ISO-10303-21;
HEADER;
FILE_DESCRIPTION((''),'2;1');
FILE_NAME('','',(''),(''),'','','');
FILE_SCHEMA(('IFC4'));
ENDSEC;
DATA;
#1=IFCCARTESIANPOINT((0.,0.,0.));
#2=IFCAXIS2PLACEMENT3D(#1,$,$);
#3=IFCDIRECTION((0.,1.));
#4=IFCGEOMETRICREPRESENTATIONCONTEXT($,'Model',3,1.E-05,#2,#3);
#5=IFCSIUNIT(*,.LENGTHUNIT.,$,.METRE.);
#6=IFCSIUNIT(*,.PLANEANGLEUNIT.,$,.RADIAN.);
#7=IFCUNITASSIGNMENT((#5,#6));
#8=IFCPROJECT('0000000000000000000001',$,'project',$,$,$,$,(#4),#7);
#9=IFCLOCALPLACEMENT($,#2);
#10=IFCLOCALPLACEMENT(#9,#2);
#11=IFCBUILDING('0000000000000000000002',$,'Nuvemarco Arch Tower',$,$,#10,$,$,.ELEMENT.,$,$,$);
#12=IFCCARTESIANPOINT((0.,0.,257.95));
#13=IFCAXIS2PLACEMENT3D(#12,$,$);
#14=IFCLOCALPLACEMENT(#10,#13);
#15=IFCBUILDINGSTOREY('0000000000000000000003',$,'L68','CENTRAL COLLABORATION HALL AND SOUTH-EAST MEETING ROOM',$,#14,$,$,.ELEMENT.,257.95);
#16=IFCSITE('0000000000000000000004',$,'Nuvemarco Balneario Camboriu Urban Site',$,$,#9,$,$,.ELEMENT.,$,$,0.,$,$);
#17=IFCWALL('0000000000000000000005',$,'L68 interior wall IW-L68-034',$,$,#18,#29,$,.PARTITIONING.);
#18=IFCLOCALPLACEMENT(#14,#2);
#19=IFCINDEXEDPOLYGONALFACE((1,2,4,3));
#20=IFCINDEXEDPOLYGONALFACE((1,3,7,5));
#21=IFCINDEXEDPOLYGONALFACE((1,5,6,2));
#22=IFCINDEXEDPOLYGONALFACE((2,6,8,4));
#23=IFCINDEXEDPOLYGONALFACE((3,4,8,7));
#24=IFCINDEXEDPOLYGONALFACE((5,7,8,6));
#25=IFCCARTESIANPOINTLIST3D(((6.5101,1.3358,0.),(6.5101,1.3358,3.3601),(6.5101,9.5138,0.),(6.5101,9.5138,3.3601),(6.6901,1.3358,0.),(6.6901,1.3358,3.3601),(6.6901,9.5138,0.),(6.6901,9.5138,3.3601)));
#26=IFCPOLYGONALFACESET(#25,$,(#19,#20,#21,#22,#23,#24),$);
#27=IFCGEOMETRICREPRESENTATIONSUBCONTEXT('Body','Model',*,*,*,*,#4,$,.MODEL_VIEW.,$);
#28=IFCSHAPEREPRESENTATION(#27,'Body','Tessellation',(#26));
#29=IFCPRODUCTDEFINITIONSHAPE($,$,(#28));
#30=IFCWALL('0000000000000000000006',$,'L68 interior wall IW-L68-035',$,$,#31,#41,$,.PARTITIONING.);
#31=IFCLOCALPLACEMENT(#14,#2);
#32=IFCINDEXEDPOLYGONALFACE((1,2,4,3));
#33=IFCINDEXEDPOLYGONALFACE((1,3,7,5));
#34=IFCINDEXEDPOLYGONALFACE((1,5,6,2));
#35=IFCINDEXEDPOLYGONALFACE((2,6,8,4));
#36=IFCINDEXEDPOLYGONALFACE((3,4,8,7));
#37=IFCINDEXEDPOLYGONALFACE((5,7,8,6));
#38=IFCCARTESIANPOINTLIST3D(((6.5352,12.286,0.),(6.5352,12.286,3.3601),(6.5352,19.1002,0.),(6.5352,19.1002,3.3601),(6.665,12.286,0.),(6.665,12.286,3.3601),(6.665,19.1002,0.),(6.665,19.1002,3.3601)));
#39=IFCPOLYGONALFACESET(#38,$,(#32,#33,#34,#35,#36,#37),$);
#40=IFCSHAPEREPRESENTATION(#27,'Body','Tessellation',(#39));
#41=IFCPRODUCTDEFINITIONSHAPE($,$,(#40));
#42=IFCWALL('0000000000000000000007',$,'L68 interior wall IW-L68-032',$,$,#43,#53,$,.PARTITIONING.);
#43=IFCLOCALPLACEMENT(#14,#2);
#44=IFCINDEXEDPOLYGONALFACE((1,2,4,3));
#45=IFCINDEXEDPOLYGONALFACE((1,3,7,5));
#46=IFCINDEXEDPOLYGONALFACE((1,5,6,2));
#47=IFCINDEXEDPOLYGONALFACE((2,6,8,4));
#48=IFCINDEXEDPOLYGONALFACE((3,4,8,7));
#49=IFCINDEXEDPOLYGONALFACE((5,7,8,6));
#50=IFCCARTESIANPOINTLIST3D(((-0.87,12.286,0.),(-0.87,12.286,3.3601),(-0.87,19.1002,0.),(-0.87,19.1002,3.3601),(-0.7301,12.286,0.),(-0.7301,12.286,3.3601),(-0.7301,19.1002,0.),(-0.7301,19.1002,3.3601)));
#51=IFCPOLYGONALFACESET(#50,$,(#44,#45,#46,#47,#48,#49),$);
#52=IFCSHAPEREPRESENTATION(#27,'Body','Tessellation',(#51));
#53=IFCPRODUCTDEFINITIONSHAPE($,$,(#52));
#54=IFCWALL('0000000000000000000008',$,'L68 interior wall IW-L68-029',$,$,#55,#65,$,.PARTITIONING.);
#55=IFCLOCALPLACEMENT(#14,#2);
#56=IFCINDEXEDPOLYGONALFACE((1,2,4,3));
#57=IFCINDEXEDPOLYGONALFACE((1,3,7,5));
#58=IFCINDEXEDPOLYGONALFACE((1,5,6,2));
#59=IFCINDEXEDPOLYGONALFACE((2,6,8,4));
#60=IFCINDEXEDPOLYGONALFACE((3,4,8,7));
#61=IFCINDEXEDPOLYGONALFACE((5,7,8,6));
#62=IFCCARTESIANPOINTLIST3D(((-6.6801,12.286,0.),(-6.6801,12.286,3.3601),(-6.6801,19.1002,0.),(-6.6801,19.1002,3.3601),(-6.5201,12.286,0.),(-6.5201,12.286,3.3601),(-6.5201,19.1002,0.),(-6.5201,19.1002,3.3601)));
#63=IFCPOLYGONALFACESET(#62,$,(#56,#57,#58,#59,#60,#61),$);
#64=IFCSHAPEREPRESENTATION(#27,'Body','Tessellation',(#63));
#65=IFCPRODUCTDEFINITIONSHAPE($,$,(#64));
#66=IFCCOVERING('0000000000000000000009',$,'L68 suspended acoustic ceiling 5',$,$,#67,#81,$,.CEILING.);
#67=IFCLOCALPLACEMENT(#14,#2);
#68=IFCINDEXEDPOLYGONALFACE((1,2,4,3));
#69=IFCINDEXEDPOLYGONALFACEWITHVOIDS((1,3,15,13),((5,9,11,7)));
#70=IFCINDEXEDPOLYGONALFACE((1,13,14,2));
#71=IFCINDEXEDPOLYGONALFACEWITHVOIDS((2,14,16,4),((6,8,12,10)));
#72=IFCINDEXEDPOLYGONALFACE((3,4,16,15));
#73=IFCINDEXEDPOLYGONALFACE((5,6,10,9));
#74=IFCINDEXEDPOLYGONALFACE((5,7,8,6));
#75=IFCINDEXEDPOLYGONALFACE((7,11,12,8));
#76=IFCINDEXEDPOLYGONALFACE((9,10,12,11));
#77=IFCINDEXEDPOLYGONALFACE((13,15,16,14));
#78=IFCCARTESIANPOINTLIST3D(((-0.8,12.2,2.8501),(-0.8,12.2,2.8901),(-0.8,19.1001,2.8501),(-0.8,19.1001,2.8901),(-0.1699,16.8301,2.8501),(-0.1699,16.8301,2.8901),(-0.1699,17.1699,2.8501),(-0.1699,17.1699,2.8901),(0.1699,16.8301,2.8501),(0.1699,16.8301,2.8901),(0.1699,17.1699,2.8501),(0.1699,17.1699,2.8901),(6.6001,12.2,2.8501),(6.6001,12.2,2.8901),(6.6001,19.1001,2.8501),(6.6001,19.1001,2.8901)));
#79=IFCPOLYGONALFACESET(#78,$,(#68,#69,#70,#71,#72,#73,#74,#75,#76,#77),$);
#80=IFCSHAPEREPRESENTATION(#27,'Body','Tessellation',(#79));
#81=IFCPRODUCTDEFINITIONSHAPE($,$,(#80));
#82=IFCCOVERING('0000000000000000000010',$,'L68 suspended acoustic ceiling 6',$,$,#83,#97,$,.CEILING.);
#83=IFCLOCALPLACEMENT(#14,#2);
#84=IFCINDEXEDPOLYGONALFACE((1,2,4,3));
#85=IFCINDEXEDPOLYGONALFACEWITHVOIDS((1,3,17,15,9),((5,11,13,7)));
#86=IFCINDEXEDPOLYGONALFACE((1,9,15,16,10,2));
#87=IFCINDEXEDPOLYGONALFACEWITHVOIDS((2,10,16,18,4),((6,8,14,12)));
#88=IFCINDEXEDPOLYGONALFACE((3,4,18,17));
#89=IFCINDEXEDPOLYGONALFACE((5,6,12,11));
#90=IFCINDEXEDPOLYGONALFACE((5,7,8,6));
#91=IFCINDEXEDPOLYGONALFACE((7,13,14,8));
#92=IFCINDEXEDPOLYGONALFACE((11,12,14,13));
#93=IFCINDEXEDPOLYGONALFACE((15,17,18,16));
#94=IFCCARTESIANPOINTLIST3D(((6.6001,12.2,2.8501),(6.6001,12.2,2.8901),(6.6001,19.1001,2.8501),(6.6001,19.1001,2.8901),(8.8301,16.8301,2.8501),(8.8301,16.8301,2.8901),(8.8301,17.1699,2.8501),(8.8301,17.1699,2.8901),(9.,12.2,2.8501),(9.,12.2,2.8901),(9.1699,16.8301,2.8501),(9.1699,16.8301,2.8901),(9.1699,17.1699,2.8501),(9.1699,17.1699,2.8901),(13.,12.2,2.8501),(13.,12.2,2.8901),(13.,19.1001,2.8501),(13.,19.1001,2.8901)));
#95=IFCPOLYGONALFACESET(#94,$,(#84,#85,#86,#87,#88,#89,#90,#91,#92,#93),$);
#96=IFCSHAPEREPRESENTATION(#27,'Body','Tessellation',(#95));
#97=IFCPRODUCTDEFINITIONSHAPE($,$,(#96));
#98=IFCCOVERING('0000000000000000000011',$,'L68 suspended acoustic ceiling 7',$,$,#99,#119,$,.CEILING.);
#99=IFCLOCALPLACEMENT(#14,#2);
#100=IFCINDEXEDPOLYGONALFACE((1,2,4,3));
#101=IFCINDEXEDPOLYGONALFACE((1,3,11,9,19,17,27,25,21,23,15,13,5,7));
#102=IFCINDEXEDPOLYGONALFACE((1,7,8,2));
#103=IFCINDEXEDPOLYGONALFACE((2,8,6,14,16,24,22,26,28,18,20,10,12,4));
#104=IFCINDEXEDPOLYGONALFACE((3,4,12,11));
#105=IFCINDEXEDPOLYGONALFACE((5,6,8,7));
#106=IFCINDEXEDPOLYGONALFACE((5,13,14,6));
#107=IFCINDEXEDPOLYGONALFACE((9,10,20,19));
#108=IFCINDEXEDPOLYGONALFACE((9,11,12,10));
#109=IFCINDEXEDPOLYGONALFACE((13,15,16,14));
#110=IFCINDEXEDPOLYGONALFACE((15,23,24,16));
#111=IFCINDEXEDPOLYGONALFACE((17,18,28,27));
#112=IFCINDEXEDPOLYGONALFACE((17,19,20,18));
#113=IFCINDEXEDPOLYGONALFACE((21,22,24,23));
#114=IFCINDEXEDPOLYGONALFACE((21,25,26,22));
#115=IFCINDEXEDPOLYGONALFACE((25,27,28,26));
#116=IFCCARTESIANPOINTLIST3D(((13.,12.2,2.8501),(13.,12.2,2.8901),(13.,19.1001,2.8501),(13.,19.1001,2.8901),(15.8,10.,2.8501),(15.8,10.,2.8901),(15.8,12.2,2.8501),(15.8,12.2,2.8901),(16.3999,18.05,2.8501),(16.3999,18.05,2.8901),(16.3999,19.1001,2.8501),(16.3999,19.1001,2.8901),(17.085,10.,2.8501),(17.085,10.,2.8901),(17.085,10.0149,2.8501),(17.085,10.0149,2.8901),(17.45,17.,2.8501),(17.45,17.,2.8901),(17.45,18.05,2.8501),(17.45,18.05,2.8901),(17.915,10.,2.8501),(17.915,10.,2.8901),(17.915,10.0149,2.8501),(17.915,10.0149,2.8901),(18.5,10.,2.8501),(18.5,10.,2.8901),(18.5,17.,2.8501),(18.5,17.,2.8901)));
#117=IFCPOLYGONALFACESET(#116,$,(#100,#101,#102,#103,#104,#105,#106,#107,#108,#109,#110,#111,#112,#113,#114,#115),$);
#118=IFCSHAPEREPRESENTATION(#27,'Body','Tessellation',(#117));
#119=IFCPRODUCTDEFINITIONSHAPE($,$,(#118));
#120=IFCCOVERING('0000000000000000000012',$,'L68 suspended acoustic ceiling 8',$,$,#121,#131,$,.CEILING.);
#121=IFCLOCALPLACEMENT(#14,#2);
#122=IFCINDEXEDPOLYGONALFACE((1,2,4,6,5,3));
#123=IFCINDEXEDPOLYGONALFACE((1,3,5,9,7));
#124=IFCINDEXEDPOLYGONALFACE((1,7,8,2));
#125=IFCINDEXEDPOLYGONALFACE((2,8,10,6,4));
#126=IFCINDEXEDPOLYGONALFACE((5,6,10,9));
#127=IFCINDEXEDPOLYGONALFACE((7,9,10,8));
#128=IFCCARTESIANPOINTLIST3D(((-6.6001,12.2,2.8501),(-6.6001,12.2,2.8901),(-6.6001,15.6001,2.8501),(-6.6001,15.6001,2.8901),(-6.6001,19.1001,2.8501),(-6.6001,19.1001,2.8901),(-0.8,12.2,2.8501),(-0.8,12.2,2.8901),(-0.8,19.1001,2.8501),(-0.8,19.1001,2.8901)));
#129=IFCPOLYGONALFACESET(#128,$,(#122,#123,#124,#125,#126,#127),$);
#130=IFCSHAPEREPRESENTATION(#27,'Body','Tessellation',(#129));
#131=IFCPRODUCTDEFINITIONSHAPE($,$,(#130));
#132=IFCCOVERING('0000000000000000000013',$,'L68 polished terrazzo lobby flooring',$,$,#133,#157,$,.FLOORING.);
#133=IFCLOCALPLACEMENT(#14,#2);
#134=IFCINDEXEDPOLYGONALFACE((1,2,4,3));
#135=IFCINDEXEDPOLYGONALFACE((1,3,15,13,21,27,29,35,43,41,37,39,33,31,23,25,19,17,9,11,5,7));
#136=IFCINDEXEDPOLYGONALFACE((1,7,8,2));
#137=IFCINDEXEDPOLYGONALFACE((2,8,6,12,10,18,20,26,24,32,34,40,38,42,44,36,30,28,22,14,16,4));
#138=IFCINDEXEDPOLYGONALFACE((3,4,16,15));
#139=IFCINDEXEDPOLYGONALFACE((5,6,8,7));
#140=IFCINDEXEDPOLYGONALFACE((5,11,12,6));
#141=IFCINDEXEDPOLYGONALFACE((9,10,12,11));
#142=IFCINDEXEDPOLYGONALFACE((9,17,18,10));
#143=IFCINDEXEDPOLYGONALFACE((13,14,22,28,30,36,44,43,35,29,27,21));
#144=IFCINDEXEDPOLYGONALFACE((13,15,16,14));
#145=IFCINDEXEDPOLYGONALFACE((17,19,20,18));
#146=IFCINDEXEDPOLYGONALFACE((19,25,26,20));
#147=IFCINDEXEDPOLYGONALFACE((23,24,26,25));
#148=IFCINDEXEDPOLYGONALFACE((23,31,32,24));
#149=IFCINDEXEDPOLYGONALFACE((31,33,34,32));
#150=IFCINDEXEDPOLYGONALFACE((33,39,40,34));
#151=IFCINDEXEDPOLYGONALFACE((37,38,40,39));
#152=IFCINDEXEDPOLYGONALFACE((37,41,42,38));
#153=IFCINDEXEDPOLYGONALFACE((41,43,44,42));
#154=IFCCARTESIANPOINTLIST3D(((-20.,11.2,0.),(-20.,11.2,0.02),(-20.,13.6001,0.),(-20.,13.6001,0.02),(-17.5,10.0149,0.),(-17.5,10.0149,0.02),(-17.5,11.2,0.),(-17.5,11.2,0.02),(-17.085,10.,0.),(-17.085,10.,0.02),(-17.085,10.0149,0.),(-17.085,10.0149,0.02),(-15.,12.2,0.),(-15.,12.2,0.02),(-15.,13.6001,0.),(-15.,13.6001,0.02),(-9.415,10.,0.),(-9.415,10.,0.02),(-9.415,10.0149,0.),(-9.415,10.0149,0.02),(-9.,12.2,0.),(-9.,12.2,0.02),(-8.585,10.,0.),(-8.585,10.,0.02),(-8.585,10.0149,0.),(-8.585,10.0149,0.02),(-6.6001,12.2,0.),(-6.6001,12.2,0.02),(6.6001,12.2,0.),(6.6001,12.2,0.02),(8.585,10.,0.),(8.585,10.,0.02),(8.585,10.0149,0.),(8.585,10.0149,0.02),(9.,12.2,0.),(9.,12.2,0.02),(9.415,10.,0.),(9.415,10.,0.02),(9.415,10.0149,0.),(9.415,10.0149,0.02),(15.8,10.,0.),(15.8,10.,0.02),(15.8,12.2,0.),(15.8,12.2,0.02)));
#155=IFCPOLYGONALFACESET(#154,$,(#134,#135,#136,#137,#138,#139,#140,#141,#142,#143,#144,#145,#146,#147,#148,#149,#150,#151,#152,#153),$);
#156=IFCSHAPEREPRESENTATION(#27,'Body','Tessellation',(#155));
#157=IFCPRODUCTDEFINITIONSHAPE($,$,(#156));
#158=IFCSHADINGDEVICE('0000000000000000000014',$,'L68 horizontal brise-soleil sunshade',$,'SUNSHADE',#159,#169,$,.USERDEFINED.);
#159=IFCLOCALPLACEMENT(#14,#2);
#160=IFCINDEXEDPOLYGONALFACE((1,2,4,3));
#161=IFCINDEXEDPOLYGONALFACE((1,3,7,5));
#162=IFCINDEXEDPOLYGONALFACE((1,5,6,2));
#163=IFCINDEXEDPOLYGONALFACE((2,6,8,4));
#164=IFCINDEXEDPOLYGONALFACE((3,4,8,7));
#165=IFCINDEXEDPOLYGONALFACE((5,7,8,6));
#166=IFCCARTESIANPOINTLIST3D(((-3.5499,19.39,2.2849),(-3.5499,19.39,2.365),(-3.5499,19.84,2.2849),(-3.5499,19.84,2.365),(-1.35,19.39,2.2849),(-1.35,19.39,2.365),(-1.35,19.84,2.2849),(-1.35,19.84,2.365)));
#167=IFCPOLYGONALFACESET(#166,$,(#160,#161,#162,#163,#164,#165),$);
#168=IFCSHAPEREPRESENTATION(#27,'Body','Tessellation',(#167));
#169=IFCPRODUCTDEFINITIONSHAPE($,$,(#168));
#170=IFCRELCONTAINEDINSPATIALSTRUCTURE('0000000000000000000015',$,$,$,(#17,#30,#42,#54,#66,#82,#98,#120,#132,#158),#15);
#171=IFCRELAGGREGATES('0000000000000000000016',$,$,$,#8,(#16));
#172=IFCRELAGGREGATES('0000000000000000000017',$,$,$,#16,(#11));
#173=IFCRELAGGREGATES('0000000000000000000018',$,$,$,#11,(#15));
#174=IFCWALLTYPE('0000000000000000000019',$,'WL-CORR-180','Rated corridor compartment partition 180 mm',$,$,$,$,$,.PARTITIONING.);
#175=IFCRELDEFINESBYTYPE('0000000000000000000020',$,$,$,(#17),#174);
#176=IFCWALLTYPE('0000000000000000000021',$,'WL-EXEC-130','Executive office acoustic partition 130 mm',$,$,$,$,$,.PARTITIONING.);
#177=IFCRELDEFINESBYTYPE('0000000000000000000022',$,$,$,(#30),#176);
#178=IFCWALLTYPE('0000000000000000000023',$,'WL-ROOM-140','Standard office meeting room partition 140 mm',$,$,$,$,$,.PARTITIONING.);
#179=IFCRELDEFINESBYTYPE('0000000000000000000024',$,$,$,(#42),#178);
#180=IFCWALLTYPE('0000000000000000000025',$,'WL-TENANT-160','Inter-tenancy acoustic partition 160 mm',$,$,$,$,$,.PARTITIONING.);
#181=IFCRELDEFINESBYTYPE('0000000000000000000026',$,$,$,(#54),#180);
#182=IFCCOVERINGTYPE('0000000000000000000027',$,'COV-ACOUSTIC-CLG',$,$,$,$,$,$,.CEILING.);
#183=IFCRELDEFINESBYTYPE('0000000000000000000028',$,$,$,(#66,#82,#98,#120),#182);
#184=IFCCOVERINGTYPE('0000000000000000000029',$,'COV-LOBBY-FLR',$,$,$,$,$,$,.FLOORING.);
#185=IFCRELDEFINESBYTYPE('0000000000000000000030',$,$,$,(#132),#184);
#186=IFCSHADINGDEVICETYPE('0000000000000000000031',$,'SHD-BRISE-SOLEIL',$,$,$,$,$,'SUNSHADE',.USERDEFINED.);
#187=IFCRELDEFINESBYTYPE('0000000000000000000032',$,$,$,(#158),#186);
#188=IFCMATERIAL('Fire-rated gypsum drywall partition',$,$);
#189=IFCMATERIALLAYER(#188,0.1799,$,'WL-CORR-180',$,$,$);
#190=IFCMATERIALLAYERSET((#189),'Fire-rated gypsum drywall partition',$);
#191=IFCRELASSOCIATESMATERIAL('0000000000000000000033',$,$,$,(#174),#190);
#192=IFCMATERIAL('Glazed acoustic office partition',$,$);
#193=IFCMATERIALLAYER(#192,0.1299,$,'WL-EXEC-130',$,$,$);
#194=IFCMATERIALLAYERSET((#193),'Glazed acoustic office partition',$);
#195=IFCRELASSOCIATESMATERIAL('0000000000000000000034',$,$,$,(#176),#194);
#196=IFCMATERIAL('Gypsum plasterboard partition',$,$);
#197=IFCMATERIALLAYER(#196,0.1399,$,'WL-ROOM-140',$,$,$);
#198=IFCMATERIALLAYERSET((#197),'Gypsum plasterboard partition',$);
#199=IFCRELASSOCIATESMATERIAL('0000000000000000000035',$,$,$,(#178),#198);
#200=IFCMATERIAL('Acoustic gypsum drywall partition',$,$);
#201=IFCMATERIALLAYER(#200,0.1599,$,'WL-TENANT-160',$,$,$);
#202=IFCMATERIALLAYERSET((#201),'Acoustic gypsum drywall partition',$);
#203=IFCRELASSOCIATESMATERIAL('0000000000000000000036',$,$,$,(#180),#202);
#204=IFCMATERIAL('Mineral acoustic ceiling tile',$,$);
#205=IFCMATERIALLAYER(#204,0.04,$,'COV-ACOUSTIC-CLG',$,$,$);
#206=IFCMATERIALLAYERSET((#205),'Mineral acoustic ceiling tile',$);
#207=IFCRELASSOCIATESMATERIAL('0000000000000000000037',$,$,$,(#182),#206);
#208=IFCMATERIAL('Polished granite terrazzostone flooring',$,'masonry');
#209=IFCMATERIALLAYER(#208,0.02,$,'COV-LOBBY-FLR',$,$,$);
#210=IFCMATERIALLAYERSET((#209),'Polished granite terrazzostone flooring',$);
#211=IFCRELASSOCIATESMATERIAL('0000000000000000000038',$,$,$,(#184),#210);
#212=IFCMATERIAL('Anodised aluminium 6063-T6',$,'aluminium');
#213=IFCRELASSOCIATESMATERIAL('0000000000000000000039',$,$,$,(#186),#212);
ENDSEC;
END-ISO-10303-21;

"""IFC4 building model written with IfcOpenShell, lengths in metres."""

from ifc_helpers import new_model, si_unit, direction, frame, frame_2d, origin, origin_2d, place, context, subcontext, project, spatial, polyline, rectangle, outline, extrude, source, transform, mapped, material, layer, layer_set, type_object, type_shapes, element, save


model = new_model("IFC4")

# Units and contexts
model_context = context("Model", 3, precision=1e-05, world=origin(), true_north=direction((0.0, 1.0)))
body_context = subcontext(model_context, "Body", "Model", "MODEL_VIEW")
ifc_project = project(units=[si_unit("LENGTHUNIT", "METRE"), si_unit("PLANEANGLEUNIT", "RADIAN")], contexts=[model_context])

# Site, building, storey
site_placement = place(None, origin())
site = spatial("IfcSite", under=ifc_project, at=site_placement, Name="Nuvemarco Balneario Camboriu Urban Site", CompositionType="ELEMENT", RefElevation=0.0)
building_placement = place(site_placement, origin())
building = spatial("IfcBuilding", under=site, at=building_placement, Name="Nuvemarco Arch Tower", CompositionType="ELEMENT")
storey_placement = place(building_placement, frame((0.0, 0.0, 257.95)))
storey = spatial("IfcBuildingStorey", under=building, at=storey_placement, Name="L68", Description="CENTRAL COLLABORATION HALL AND SOUTH-EAST MEETING ROOM", CompositionType="ELEMENT", Elevation=257.95)

# Shared definitions
ifc_material_1 = material(Name="Fire-rated gypsum drywall partition")
ifc_layer_1 = layer(ifc_material_1, 0.1799, Name="WL-CORR-180")
ifc_layer_set_1 = layer_set([ifc_layer_1], Name="Fire-rated gypsum drywall partition")
wall_type_1 = type_object("IfcWallType", Name="WL-CORR-180", Description="Rated corridor compartment partition 180 mm", PredefinedType="PARTITIONING", material=ifc_layer_set_1)

# Walls
wall_1_placement = place(storey_placement, frame((6.6001, 1.3359, 0.0), z_axis=(0.0, 0.0, 1.0), x_axis=(0.0, 1.0, 0.0)))
element("IfcWall", 1, at=wall_1_placement, inside=storey, type_object=wall_type_1, Name="L68 interior wall IW-L68-034", PredefinedType="PARTITIONING", context=body_context, shape_type="SweptSolid", body=[
    extrude(rectangle(XDim=8.178, YDim=0.1799, at=frame_2d((4.0889, 0.0))), origin(), (0.0, 0.0, 1.0), 3.3601),
])
ifc_material_2 = material(Name="Glazed acoustic office partition")
ifc_layer_2 = layer(ifc_material_2, 0.1299, Name="WL-EXEC-130")
ifc_layer_set_2 = layer_set([ifc_layer_2], Name="Glazed acoustic office partition")
wall_type_2 = type_object("IfcWallType", Name="WL-EXEC-130", Description="Executive office acoustic partition 130 mm", PredefinedType="PARTITIONING", material=ifc_layer_set_2)
wall_2_placement = place(storey_placement, frame((6.6001, 12.2859, 0.0), z_axis=(0.0, 0.0, 1.0), x_axis=(0.0, 1.0, 0.0)))
element("IfcWall", 2, at=wall_2_placement, inside=storey, type_object=wall_type_2, Name="L68 interior wall IW-L68-035", PredefinedType="PARTITIONING", context=body_context, shape_type="SweptSolid", body=[
    extrude(rectangle(XDim=6.8142, YDim=0.1299, at=frame_2d((3.4072, 0.0))), origin(), (0.0, 0.0, 1.0), 3.3601),
])
ifc_material_3 = material(Name="Gypsum plasterboard partition")
ifc_layer_3 = layer(ifc_material_3, 0.1399, Name="WL-ROOM-140")
ifc_layer_set_3 = layer_set([ifc_layer_3], Name="Gypsum plasterboard partition")
wall_type_3 = type_object("IfcWallType", Name="WL-ROOM-140", Description="Standard office meeting room partition 140 mm", PredefinedType="PARTITIONING", material=ifc_layer_set_3)
wall_3_placement = place(storey_placement, frame((-0.8, 12.2859, 0.0), z_axis=(0.0, 0.0, 1.0), x_axis=(0.0, 1.0, 0.0)))
element("IfcWall", 3, at=wall_3_placement, inside=storey, type_object=wall_type_3, Name="L68 interior wall IW-L68-032", PredefinedType="PARTITIONING", context=body_context, shape_type="SweptSolid", body=[
    extrude(rectangle(XDim=6.8142, YDim=0.1399, at=frame_2d((3.4072, 0.0))), origin(), (0.0, 0.0, 1.0), 3.3601),
])
ifc_material_4 = material(Name="Acoustic gypsum drywall partition")
ifc_layer_4 = layer(ifc_material_4, 0.1599, Name="WL-TENANT-160")
ifc_layer_set_4 = layer_set([ifc_layer_4], Name="Acoustic gypsum drywall partition")
wall_type_4 = type_object("IfcWallType", Name="WL-TENANT-160", Description="Inter-tenancy acoustic partition 160 mm", PredefinedType="PARTITIONING", material=ifc_layer_set_4)
wall_4_placement = place(storey_placement, frame((-6.6001, 12.2859, 0.0), z_axis=(0.0, 0.0, 1.0), x_axis=(0.0, 1.0, 0.0)))
element("IfcWall", 4, at=wall_4_placement, inside=storey, type_object=wall_type_4, Name="L68 interior wall IW-L68-029", PredefinedType="PARTITIONING", context=body_context, shape_type="SweptSolid", body=[
    extrude(rectangle(XDim=6.8142, YDim=0.1599, at=frame_2d((3.4072, 0.0))), origin(), (0.0, 0.0, 1.0), 3.3601),
])

# Coverings
ifc_material_5 = material(Name="Mineral acoustic ceiling tile")
ifc_layer_5 = layer(ifc_material_5, 0.04, Name="COV-ACOUSTIC-CLG")
ifc_layer_set_5 = layer_set([ifc_layer_5], Name="Mineral acoustic ceiling tile")
covering_type_1 = type_object("IfcCoveringType", Name="COV-ACOUSTIC-CLG", PredefinedType="CEILING", material=ifc_layer_set_5)
covering_1_placement = place(storey_placement, frame((0.0, 0.0, 2.8501)))
element("IfcCovering", 5, at=covering_1_placement, inside=storey, type_object=covering_type_1, Name="L68 suspended acoustic ceiling 5", PredefinedType="CEILING", context=body_context, shape_type="SweptSolid", body=[
    extrude(outline(polyline([(-0.8, 12.2), (-0.8, 19.1001), (6.6001, 19.1001), (6.6001, 12.2), (-0.8, 12.2)]), holes=[polyline([(0.1699, 16.8301), (0.1699, 17.1699), (-0.1699, 17.1699), (-0.1699, 16.8301), (0.1699, 16.8301)])]), origin(), (0.0, 0.0, 1.0), 0.04),
])
covering_2_placement = place(storey_placement, frame((0.0, 0.0, 2.8501)))
element("IfcCovering", 6, at=covering_2_placement, inside=storey, type_object=covering_type_1, Name="L68 suspended acoustic ceiling 6", PredefinedType="CEILING", context=body_context, shape_type="SweptSolid", body=[
    extrude(outline(polyline([(13.0, 12.2), (9.0, 12.2), (6.6001, 12.2), (6.6001, 19.1001), (13.0, 19.1001), (13.0, 12.2)]), holes=[polyline([(9.1699, 17.1699), (8.8301, 17.1699), (8.8301, 16.8301), (9.1699, 16.8301), (9.1699, 17.1699)])]), origin(), (0.0, 0.0, 1.0), 0.04),
])
covering_3_placement = place(storey_placement, frame((0.0, 0.0, 2.8501)))
element("IfcCovering", 7, at=covering_3_placement, inside=storey, type_object=covering_type_1, Name="L68 suspended acoustic ceiling 7", PredefinedType="CEILING", context=body_context, shape_type="SweptSolid", body=[
    extrude(outline(polyline([(18.5, 17.0), (18.5, 10.0), (17.915, 10.0), (17.915, 10.0149), (17.085, 10.0149), (17.085, 10.0), (15.8, 10.0), (15.8, 12.2), (13.0, 12.2), (13.0, 19.1001), (16.3999, 19.1001), (16.3999, 18.05), (17.45, 18.05), (17.45, 17.0), (18.5, 17.0)])), origin(), (0.0, 0.0, 1.0), 0.04),
])
covering_4_placement = place(storey_placement, frame((0.0, 0.0, 2.8501)))
element("IfcCovering", 8, at=covering_4_placement, inside=storey, type_object=covering_type_1, Name="L68 suspended acoustic ceiling 8", PredefinedType="CEILING", context=body_context, shape_type="SweptSolid", body=[
    extrude(outline(polyline([(-0.8, 12.2), (-6.6001, 12.2), (-6.6001, 15.6001), (-6.6001, 19.1001), (-0.8, 19.1001), (-0.8, 12.2)])), origin(), (0.0, 0.0, 1.0), 0.04),
])
ifc_material_6 = material(Name="Polished granite terrazzostone flooring", Category="masonry")
ifc_layer_6 = layer(ifc_material_6, 0.02, Name="COV-LOBBY-FLR")
ifc_layer_set_6 = layer_set([ifc_layer_6], Name="Polished granite terrazzostone flooring")
covering_type_2 = type_object("IfcCoveringType", Name="COV-LOBBY-FLR", PredefinedType="FLOORING", material=ifc_layer_set_6)
covering_5_placement = place(storey_placement, origin())
element("IfcCovering", 9, at=covering_5_placement, inside=storey, type_object=covering_type_2, Name="L68 polished terrazzo lobby flooring", PredefinedType="FLOORING", context=body_context, shape_type="SweptSolid", body=[
    extrude(outline(polyline([(-8.585, 10.0149), (-9.415, 10.0149), (-9.415, 10.0), (-17.085, 10.0), (-17.085, 10.0149), (-17.5, 10.0149), (-17.5, 11.2), (-20.0, 11.2), (-20.0, 13.6001), (-15.0, 13.6001), (-15.0, 12.2), (-9.0, 12.2), (-6.6001, 12.2), (6.6001, 12.2), (9.0, 12.2), (15.8, 12.2), (15.8, 10.0), (9.415, 10.0), (9.415, 10.0149), (8.585, 10.0149), (8.585, 10.0), (-8.585, 10.0), (-8.585, 10.0149)])), origin(), (0.0, 0.0, 1.0), 0.02),
])

# Shading device
ifc_material_7 = material(Name="Anodised aluminium 6063-T6", Category="aluminium")
shading_device_type = type_object("IfcShadingDeviceType", Name="SHD-BRISE-SOLEIL", ElementType="SUNSHADE", PredefinedType="USERDEFINED", material=ifc_material_7)
shared_shape_1 = source(origin(), body_context, "Body", "SweptSolid", [
    extrude(rectangle(XDim=2.2, YDim=0.45, at=origin_2d()), origin(), (0.0, 0.0, 1.0), 0.0801),
])
type_shapes(shading_device_type, [shared_shape_1])
for number, where, z_axis, x_axis, name in (
    (10, (-2.45, 19.615, 2.2849), (0.0, 0.0, 1.0), (1.0, 0.0, 0.0), "L68 horizontal brise-soleil sunshade"),
):
    element("IfcShadingDevice", number, at=place(storey_placement, frame(where, z_axis=z_axis, x_axis=x_axis)), inside=storey, type_object=shading_device_type, Name=name, ObjectType="SUNSHADE", PredefinedType="USERDEFINED", context=body_context, shape_type="MappedRepresentation", body=[
        mapped(shared_shape_1, transform((0.0, 0.0, 0.0), scale=1.0)),
    ])

save(model, "model.ifc")
